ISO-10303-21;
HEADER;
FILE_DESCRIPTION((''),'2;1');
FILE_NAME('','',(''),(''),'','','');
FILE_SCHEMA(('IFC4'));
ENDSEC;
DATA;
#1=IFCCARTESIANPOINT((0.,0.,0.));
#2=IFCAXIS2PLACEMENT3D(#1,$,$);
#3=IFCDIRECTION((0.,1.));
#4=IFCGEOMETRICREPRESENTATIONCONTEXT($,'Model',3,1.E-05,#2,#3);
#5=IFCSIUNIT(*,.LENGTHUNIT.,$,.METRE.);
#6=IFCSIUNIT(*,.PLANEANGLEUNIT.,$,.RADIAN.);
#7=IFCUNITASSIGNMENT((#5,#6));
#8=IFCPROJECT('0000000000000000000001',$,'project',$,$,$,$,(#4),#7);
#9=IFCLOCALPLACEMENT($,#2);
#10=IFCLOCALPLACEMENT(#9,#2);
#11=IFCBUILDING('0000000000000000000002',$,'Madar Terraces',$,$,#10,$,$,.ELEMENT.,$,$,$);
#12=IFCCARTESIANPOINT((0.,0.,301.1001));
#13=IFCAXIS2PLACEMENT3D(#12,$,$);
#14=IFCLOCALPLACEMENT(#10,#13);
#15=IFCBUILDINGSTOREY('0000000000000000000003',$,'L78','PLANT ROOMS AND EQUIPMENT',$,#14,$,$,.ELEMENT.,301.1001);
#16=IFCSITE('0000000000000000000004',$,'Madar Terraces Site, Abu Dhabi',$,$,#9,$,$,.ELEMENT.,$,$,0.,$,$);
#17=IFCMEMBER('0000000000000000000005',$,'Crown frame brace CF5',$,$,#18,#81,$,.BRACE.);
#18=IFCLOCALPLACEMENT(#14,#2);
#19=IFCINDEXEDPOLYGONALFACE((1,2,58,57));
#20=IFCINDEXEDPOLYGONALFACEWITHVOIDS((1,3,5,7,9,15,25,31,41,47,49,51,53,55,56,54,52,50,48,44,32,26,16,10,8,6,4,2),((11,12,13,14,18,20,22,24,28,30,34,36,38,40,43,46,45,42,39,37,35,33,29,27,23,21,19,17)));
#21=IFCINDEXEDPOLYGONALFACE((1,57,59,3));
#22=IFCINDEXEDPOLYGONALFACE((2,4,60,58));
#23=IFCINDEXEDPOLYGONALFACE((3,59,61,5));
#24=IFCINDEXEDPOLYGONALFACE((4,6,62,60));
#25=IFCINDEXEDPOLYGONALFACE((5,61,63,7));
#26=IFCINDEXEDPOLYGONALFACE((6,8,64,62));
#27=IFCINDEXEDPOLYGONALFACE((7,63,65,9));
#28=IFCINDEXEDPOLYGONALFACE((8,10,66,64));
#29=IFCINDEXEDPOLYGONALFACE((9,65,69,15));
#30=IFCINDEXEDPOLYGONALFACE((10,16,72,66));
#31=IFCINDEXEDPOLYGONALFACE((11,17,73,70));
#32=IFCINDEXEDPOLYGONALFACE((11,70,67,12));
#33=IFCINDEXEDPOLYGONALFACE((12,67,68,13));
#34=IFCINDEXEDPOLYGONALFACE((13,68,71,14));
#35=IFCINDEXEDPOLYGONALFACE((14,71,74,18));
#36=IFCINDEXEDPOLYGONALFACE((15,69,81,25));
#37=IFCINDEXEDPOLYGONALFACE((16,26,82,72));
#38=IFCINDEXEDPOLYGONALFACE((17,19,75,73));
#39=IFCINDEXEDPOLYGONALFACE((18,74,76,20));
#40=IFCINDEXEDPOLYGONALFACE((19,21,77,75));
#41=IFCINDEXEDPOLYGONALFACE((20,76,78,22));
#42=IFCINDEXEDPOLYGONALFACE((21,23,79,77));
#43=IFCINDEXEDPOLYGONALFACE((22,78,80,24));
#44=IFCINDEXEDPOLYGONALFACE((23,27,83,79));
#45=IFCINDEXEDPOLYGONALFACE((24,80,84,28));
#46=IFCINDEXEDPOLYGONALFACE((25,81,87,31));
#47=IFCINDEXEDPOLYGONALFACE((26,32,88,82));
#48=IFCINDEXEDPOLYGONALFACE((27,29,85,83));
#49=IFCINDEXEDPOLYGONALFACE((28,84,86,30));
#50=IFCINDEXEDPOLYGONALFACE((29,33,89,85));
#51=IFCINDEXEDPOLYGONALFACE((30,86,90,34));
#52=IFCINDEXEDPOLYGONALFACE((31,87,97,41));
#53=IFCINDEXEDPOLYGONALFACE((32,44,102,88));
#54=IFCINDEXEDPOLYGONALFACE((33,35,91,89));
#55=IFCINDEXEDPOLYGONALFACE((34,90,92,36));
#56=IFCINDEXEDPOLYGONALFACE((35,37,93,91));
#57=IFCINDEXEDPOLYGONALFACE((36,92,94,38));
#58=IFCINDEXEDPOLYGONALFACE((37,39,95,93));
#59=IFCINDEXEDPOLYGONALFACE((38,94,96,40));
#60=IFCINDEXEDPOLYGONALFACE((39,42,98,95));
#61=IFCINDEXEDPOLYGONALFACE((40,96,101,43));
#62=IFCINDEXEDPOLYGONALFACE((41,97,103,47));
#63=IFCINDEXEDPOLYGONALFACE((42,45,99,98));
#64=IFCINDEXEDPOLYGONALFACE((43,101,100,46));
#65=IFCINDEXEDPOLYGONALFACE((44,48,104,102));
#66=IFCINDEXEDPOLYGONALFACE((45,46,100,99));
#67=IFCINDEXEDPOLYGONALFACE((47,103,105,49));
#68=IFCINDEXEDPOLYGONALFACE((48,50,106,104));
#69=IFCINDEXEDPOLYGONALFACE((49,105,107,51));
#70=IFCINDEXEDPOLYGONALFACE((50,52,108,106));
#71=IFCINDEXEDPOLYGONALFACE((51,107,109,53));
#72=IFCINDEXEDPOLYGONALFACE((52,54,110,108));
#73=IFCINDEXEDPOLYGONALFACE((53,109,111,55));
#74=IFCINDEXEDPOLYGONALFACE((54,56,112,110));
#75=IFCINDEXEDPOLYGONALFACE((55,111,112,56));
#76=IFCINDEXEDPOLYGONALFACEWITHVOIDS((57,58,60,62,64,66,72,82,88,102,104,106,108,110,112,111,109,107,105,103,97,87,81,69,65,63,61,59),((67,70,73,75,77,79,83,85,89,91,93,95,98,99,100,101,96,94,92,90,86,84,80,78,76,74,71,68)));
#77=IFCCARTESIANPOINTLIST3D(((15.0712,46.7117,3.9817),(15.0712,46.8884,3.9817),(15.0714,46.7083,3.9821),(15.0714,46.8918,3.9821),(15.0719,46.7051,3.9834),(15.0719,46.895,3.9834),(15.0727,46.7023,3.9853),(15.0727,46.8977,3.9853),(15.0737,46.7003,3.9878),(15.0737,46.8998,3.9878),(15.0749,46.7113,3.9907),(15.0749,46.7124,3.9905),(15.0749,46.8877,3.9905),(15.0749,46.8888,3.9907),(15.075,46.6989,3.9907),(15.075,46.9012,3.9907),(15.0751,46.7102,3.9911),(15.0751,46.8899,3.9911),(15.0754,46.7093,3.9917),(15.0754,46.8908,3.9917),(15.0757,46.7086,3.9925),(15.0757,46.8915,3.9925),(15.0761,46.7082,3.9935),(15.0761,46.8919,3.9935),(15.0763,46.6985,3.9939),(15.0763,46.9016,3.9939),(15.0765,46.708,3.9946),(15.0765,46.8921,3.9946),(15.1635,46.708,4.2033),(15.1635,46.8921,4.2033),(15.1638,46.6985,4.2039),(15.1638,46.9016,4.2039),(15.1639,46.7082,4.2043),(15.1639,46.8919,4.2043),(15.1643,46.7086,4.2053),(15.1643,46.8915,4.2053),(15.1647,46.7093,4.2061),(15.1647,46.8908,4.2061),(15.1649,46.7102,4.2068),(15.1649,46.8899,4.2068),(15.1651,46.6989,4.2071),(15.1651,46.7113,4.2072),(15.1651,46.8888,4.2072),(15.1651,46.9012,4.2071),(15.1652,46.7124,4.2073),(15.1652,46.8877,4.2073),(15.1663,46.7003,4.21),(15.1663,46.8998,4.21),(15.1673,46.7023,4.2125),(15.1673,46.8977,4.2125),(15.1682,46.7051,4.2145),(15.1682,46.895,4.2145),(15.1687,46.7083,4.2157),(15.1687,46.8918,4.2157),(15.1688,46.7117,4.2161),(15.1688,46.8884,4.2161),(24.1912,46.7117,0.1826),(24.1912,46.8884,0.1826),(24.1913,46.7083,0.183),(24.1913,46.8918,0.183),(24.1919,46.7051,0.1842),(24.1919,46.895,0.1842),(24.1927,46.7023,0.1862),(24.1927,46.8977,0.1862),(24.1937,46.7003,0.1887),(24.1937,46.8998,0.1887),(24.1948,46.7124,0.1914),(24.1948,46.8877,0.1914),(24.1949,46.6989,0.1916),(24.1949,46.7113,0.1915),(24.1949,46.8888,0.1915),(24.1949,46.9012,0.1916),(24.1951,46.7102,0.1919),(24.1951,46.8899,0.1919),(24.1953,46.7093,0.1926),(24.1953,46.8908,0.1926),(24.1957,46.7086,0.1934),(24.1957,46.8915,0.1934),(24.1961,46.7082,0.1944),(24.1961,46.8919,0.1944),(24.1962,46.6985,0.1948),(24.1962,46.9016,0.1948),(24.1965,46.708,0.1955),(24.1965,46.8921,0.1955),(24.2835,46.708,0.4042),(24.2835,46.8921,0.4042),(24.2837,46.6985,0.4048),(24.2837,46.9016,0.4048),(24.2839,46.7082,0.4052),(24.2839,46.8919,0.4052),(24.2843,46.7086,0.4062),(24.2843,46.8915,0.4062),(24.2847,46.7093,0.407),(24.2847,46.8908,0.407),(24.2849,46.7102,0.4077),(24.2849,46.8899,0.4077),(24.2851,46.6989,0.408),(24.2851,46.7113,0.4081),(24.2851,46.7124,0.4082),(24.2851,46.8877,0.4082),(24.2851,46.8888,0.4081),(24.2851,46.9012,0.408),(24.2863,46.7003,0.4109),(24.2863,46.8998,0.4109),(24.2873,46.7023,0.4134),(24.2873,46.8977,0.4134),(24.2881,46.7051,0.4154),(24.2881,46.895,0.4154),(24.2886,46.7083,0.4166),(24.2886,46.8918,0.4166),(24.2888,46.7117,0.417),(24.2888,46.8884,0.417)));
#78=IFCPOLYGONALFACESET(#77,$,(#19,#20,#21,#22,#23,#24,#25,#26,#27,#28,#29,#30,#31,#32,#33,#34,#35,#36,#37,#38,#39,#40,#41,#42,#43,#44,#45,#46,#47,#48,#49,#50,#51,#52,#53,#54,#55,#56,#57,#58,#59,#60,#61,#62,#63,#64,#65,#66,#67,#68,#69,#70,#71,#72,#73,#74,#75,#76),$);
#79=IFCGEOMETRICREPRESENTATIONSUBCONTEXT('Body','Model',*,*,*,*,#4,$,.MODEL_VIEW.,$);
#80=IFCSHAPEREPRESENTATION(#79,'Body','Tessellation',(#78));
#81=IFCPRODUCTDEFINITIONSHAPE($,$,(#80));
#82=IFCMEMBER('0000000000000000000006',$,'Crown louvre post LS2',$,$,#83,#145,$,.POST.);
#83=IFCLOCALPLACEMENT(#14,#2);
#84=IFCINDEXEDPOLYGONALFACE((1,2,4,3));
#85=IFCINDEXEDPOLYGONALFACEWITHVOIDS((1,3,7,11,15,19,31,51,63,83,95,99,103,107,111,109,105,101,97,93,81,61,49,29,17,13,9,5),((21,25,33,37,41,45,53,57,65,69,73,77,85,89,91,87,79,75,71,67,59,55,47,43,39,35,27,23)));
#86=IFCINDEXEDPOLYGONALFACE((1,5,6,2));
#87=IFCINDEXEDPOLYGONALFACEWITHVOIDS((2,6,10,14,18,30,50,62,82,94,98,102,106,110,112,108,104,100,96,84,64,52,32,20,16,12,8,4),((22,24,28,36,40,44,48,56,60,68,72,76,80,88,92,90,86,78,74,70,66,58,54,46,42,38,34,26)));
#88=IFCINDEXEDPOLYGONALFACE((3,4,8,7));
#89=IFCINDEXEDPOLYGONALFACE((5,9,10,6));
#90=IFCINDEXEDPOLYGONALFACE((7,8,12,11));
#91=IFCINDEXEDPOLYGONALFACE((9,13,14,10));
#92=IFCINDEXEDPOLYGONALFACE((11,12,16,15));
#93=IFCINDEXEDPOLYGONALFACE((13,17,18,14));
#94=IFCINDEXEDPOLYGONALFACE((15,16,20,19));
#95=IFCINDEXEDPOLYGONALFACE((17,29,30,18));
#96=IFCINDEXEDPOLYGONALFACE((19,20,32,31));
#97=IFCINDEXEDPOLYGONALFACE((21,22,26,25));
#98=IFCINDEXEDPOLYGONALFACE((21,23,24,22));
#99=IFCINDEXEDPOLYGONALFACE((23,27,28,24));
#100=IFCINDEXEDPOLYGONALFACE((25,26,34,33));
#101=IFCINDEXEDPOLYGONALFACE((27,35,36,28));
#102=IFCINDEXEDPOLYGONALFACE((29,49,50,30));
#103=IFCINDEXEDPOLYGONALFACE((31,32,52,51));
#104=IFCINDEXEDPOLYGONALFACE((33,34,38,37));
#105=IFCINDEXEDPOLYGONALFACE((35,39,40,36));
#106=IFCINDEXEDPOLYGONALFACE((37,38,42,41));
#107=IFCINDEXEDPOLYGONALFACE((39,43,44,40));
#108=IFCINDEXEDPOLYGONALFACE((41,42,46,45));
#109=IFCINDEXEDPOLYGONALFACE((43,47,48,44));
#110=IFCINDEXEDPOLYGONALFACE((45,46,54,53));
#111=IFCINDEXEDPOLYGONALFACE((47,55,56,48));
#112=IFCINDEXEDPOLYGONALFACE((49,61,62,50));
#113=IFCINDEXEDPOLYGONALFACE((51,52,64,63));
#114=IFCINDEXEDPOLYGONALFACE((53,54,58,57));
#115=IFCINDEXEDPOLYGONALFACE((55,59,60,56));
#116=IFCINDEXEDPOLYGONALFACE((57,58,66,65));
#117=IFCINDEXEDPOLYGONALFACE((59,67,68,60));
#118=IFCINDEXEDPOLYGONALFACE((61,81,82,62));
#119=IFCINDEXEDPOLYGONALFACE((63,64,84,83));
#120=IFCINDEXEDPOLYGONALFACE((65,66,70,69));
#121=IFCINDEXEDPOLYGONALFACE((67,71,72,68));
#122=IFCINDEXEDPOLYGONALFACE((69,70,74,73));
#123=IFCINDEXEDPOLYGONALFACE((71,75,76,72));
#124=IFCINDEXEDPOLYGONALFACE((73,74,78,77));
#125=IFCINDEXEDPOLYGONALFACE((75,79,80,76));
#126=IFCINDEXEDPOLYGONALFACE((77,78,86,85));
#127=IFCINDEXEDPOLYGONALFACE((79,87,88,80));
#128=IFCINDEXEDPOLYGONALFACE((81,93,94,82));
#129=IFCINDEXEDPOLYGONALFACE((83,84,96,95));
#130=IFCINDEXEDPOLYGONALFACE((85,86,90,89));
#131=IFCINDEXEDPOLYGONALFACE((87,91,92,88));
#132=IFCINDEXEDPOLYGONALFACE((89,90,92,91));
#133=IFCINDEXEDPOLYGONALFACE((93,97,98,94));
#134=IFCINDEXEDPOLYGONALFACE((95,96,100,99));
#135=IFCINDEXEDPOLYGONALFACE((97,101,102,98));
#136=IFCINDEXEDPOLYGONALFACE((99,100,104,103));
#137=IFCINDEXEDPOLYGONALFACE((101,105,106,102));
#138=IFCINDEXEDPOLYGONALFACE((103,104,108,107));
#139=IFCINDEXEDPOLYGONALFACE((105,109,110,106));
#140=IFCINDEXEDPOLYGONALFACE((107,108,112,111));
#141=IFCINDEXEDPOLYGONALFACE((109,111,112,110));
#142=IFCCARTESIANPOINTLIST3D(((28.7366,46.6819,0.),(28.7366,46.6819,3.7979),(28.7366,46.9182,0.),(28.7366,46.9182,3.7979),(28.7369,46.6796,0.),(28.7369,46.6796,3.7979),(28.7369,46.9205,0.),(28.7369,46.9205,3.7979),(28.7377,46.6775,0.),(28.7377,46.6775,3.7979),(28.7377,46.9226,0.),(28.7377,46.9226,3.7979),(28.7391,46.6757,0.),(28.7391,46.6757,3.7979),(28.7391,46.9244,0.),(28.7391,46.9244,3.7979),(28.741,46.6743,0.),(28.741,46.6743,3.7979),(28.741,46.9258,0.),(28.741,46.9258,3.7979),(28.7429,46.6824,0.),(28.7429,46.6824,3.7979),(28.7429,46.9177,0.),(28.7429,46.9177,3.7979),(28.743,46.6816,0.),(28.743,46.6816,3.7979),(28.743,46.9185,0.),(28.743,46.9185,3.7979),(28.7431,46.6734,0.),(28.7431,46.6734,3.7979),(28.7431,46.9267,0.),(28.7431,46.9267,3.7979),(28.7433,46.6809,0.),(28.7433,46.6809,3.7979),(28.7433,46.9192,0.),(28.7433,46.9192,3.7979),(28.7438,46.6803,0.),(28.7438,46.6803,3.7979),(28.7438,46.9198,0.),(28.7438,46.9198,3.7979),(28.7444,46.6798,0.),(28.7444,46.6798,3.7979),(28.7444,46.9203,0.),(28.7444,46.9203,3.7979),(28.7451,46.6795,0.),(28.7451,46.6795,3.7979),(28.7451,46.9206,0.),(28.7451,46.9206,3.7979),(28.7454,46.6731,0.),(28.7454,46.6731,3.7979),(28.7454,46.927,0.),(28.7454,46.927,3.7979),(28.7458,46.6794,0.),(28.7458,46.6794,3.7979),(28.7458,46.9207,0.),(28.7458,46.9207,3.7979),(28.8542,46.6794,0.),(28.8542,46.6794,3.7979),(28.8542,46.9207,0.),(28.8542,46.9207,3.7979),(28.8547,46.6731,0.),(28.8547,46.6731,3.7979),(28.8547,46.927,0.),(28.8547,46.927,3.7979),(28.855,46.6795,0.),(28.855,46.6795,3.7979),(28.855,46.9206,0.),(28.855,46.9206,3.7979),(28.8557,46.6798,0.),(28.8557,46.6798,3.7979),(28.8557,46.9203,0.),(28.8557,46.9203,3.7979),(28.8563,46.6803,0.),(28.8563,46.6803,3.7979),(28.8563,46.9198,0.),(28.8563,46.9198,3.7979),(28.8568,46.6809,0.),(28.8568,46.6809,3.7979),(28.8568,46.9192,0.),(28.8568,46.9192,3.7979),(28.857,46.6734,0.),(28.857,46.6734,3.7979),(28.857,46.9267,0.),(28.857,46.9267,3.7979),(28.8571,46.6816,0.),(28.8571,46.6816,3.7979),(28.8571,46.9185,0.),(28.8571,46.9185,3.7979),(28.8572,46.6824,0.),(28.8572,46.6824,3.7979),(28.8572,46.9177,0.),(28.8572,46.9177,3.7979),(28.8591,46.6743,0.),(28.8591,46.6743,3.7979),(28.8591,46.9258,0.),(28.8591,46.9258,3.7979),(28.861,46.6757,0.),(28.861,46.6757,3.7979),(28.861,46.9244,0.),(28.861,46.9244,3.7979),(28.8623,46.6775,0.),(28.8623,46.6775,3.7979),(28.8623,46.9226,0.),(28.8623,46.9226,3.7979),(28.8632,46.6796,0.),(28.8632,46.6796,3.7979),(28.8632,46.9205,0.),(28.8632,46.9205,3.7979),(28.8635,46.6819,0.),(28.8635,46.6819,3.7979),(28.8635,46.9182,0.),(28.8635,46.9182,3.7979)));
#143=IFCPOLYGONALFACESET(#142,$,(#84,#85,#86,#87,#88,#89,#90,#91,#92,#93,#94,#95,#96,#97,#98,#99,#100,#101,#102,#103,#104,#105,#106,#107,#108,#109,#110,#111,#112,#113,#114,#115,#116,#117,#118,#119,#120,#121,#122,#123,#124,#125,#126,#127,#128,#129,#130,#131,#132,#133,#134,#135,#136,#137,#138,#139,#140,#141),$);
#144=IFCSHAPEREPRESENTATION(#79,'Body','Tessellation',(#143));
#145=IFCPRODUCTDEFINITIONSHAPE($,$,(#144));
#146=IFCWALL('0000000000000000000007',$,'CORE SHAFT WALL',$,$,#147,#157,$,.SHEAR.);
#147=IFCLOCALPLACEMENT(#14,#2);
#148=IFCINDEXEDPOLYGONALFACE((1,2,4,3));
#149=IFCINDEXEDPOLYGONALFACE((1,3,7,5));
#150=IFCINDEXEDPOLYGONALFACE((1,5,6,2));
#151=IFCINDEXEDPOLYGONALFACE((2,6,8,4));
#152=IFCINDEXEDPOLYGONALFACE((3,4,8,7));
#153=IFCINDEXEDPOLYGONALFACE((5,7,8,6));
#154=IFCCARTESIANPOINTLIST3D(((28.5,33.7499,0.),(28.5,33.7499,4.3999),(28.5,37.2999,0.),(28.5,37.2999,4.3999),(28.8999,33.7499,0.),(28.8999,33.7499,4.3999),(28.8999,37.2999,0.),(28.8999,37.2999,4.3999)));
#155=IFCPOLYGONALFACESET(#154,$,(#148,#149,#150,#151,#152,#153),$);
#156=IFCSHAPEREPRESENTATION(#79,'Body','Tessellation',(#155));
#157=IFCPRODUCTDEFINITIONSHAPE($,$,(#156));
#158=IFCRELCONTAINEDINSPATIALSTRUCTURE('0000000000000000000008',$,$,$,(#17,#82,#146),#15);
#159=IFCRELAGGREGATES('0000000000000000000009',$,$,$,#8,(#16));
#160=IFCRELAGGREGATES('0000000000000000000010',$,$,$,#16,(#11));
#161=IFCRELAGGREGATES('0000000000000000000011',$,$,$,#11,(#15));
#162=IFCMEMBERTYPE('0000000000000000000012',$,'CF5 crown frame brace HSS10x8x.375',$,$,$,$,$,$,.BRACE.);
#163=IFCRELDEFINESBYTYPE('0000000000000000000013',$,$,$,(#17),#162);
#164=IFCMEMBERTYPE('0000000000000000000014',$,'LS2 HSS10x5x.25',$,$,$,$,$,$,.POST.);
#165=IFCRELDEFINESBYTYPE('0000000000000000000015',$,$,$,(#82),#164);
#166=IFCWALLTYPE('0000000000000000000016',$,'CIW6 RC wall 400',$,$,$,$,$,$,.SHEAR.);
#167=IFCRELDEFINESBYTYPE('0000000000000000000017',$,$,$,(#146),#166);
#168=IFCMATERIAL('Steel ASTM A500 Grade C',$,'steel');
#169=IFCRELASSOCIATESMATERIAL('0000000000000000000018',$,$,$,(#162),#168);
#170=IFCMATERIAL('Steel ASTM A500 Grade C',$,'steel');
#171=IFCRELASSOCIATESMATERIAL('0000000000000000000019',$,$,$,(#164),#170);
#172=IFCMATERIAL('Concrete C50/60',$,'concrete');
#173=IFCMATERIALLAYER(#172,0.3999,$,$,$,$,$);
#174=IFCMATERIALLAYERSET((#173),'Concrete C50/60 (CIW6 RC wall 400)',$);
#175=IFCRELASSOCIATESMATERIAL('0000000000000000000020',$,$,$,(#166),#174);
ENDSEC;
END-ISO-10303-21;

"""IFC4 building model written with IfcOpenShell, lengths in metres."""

from ifc_helpers import new_model, si_unit, direction, frame, frame_2d, origin, origin_2d, place, context, subcontext, project, spatial, rectangle, hollow_rectangle, extrude, material, layer, layer_set, material_profile, profile_set, type_object, element, save


model = new_model("IFC4")

# Units and contexts
model_context = context("Model", 3, precision=1e-05, world=origin(), true_north=direction((0.0, 1.0)))
body_context = subcontext(model_context, "Body", "Model", "MODEL_VIEW")
ifc_project = project(units=[si_unit("LENGTHUNIT", "METRE"), si_unit("PLANEANGLEUNIT", "RADIAN")], contexts=[model_context])

# Site, building, storey
site_placement = place(None, origin())
site = spatial("IfcSite", under=ifc_project, at=site_placement, Name="Madar Terraces Site, Abu Dhabi", CompositionType="ELEMENT", RefElevation=0.0)
building_placement = place(site_placement, origin())
building = spatial("IfcBuilding", under=site, at=building_placement, Name="Madar Terraces", CompositionType="ELEMENT")
storey_placement = place(building_placement, frame((0.0, 0.0, 301.1001)))
storey = spatial("IfcBuildingStorey", under=building, at=storey_placement, Name="L78", Description="PLANT ROOMS AND EQUIPMENT", CompositionType="ELEMENT", Elevation=301.1001)

# Members
ifc_material_1 = material(Name="Steel ASTM A500 Grade C", Category="steel")
ifc_material_profile_1 = material_profile(ifc_material_1, hollow_rectangle(XDim=0.2031, YDim=0.2539, WallThickness=0.0095, InnerFilletRadius=0.0044, OuterFilletRadius=0.0132, at=origin_2d()), Name="HSS10x8x.375")
ifc_profile_set_1 = profile_set([ifc_material_profile_1], Name="Steel ASTM A500 Grade C")
member_type_1 = type_object("IfcMemberType", Name="CF5 crown frame brace HSS10x8x.375", PredefinedType="BRACE", material=ifc_profile_set_1)
member_1_placement = place(storey_placement, frame((24.24, 46.8, 0.2998), z_axis=(-0.923108, 0.0, 0.38454), x_axis=(0.0, -1.0, 0.0)))
element("IfcMember", 1, at=member_1_placement, inside=storey, type_object=member_type_1, Name="Crown frame brace CF5", PredefinedType="BRACE", context=body_context, shape_type="SweptSolid", body=[
    extrude(hollow_rectangle(XDim=0.2031, YDim=0.2539, WallThickness=0.0095, InnerFilletRadius=0.0044, OuterFilletRadius=0.0132, at=origin_2d()), origin(), (0.0, 0.0, 1.0), 9.8796),
])
ifc_material_2 = material(Name="Steel ASTM A500 Grade C", Category="steel")
ifc_material_profile_2 = material_profile(ifc_material_2, hollow_rectangle(XDim=0.127, YDim=0.2539, WallThickness=0.0063, InnerFilletRadius=0.0029, OuterFilletRadius=0.0088, at=origin_2d()), Name="HSS10x5x.25")
ifc_profile_set_2 = profile_set([ifc_material_profile_2], Name="Steel ASTM A500 Grade C")
member_type_2 = type_object("IfcMemberType", Name="LS2 HSS10x5x.25", PredefinedType="POST", material=ifc_profile_set_2)
member_2_placement = place(storey_placement, frame((28.8, 46.8, 0.0), z_axis=(0.0, 0.0, 1.0), x_axis=(-1.0, 0.0, 0.0)))
element("IfcMember", 2, at=member_2_placement, inside=storey, type_object=member_type_2, Name="Crown louvre post LS2", PredefinedType="POST", context=body_context, shape_type="SweptSolid", body=[
    extrude(hollow_rectangle(XDim=0.127, YDim=0.2539, WallThickness=0.0063, InnerFilletRadius=0.0029, OuterFilletRadius=0.0088, at=origin_2d()), origin(), (0.0, 0.0, 1.0), 3.7979),
])

# Wall
ifc_material_3 = material(Name="Concrete C50/60", Category="concrete")
ifc_layer_1 = layer(ifc_material_3, 0.3999)
ifc_layer_set_1 = layer_set([ifc_layer_1], Name="Concrete C50/60 (CIW6 RC wall 400)")
wall_type_1 = type_object("IfcWallType", Name="CIW6 RC wall 400", PredefinedType="SHEAR", material=ifc_layer_set_1)
wall_1_placement = place(storey_placement, frame((28.7, 33.75, 0.0), z_axis=(0.0, 0.0, 1.0), x_axis=(0.0, 1.0, 0.0)))
element("IfcWall", 3, at=wall_1_placement, inside=storey, type_object=wall_type_1, Name="CORE SHAFT WALL", PredefinedType="SHEAR", context=body_context, shape_type="SweptSolid", body=[
    extrude(rectangle(XDim=3.55, YDim=0.3999, at=frame_2d((1.7749, 0.0))), origin(), (0.0, 0.0, 1.0), 4.3999),
])

save(model, "model.ifc")
